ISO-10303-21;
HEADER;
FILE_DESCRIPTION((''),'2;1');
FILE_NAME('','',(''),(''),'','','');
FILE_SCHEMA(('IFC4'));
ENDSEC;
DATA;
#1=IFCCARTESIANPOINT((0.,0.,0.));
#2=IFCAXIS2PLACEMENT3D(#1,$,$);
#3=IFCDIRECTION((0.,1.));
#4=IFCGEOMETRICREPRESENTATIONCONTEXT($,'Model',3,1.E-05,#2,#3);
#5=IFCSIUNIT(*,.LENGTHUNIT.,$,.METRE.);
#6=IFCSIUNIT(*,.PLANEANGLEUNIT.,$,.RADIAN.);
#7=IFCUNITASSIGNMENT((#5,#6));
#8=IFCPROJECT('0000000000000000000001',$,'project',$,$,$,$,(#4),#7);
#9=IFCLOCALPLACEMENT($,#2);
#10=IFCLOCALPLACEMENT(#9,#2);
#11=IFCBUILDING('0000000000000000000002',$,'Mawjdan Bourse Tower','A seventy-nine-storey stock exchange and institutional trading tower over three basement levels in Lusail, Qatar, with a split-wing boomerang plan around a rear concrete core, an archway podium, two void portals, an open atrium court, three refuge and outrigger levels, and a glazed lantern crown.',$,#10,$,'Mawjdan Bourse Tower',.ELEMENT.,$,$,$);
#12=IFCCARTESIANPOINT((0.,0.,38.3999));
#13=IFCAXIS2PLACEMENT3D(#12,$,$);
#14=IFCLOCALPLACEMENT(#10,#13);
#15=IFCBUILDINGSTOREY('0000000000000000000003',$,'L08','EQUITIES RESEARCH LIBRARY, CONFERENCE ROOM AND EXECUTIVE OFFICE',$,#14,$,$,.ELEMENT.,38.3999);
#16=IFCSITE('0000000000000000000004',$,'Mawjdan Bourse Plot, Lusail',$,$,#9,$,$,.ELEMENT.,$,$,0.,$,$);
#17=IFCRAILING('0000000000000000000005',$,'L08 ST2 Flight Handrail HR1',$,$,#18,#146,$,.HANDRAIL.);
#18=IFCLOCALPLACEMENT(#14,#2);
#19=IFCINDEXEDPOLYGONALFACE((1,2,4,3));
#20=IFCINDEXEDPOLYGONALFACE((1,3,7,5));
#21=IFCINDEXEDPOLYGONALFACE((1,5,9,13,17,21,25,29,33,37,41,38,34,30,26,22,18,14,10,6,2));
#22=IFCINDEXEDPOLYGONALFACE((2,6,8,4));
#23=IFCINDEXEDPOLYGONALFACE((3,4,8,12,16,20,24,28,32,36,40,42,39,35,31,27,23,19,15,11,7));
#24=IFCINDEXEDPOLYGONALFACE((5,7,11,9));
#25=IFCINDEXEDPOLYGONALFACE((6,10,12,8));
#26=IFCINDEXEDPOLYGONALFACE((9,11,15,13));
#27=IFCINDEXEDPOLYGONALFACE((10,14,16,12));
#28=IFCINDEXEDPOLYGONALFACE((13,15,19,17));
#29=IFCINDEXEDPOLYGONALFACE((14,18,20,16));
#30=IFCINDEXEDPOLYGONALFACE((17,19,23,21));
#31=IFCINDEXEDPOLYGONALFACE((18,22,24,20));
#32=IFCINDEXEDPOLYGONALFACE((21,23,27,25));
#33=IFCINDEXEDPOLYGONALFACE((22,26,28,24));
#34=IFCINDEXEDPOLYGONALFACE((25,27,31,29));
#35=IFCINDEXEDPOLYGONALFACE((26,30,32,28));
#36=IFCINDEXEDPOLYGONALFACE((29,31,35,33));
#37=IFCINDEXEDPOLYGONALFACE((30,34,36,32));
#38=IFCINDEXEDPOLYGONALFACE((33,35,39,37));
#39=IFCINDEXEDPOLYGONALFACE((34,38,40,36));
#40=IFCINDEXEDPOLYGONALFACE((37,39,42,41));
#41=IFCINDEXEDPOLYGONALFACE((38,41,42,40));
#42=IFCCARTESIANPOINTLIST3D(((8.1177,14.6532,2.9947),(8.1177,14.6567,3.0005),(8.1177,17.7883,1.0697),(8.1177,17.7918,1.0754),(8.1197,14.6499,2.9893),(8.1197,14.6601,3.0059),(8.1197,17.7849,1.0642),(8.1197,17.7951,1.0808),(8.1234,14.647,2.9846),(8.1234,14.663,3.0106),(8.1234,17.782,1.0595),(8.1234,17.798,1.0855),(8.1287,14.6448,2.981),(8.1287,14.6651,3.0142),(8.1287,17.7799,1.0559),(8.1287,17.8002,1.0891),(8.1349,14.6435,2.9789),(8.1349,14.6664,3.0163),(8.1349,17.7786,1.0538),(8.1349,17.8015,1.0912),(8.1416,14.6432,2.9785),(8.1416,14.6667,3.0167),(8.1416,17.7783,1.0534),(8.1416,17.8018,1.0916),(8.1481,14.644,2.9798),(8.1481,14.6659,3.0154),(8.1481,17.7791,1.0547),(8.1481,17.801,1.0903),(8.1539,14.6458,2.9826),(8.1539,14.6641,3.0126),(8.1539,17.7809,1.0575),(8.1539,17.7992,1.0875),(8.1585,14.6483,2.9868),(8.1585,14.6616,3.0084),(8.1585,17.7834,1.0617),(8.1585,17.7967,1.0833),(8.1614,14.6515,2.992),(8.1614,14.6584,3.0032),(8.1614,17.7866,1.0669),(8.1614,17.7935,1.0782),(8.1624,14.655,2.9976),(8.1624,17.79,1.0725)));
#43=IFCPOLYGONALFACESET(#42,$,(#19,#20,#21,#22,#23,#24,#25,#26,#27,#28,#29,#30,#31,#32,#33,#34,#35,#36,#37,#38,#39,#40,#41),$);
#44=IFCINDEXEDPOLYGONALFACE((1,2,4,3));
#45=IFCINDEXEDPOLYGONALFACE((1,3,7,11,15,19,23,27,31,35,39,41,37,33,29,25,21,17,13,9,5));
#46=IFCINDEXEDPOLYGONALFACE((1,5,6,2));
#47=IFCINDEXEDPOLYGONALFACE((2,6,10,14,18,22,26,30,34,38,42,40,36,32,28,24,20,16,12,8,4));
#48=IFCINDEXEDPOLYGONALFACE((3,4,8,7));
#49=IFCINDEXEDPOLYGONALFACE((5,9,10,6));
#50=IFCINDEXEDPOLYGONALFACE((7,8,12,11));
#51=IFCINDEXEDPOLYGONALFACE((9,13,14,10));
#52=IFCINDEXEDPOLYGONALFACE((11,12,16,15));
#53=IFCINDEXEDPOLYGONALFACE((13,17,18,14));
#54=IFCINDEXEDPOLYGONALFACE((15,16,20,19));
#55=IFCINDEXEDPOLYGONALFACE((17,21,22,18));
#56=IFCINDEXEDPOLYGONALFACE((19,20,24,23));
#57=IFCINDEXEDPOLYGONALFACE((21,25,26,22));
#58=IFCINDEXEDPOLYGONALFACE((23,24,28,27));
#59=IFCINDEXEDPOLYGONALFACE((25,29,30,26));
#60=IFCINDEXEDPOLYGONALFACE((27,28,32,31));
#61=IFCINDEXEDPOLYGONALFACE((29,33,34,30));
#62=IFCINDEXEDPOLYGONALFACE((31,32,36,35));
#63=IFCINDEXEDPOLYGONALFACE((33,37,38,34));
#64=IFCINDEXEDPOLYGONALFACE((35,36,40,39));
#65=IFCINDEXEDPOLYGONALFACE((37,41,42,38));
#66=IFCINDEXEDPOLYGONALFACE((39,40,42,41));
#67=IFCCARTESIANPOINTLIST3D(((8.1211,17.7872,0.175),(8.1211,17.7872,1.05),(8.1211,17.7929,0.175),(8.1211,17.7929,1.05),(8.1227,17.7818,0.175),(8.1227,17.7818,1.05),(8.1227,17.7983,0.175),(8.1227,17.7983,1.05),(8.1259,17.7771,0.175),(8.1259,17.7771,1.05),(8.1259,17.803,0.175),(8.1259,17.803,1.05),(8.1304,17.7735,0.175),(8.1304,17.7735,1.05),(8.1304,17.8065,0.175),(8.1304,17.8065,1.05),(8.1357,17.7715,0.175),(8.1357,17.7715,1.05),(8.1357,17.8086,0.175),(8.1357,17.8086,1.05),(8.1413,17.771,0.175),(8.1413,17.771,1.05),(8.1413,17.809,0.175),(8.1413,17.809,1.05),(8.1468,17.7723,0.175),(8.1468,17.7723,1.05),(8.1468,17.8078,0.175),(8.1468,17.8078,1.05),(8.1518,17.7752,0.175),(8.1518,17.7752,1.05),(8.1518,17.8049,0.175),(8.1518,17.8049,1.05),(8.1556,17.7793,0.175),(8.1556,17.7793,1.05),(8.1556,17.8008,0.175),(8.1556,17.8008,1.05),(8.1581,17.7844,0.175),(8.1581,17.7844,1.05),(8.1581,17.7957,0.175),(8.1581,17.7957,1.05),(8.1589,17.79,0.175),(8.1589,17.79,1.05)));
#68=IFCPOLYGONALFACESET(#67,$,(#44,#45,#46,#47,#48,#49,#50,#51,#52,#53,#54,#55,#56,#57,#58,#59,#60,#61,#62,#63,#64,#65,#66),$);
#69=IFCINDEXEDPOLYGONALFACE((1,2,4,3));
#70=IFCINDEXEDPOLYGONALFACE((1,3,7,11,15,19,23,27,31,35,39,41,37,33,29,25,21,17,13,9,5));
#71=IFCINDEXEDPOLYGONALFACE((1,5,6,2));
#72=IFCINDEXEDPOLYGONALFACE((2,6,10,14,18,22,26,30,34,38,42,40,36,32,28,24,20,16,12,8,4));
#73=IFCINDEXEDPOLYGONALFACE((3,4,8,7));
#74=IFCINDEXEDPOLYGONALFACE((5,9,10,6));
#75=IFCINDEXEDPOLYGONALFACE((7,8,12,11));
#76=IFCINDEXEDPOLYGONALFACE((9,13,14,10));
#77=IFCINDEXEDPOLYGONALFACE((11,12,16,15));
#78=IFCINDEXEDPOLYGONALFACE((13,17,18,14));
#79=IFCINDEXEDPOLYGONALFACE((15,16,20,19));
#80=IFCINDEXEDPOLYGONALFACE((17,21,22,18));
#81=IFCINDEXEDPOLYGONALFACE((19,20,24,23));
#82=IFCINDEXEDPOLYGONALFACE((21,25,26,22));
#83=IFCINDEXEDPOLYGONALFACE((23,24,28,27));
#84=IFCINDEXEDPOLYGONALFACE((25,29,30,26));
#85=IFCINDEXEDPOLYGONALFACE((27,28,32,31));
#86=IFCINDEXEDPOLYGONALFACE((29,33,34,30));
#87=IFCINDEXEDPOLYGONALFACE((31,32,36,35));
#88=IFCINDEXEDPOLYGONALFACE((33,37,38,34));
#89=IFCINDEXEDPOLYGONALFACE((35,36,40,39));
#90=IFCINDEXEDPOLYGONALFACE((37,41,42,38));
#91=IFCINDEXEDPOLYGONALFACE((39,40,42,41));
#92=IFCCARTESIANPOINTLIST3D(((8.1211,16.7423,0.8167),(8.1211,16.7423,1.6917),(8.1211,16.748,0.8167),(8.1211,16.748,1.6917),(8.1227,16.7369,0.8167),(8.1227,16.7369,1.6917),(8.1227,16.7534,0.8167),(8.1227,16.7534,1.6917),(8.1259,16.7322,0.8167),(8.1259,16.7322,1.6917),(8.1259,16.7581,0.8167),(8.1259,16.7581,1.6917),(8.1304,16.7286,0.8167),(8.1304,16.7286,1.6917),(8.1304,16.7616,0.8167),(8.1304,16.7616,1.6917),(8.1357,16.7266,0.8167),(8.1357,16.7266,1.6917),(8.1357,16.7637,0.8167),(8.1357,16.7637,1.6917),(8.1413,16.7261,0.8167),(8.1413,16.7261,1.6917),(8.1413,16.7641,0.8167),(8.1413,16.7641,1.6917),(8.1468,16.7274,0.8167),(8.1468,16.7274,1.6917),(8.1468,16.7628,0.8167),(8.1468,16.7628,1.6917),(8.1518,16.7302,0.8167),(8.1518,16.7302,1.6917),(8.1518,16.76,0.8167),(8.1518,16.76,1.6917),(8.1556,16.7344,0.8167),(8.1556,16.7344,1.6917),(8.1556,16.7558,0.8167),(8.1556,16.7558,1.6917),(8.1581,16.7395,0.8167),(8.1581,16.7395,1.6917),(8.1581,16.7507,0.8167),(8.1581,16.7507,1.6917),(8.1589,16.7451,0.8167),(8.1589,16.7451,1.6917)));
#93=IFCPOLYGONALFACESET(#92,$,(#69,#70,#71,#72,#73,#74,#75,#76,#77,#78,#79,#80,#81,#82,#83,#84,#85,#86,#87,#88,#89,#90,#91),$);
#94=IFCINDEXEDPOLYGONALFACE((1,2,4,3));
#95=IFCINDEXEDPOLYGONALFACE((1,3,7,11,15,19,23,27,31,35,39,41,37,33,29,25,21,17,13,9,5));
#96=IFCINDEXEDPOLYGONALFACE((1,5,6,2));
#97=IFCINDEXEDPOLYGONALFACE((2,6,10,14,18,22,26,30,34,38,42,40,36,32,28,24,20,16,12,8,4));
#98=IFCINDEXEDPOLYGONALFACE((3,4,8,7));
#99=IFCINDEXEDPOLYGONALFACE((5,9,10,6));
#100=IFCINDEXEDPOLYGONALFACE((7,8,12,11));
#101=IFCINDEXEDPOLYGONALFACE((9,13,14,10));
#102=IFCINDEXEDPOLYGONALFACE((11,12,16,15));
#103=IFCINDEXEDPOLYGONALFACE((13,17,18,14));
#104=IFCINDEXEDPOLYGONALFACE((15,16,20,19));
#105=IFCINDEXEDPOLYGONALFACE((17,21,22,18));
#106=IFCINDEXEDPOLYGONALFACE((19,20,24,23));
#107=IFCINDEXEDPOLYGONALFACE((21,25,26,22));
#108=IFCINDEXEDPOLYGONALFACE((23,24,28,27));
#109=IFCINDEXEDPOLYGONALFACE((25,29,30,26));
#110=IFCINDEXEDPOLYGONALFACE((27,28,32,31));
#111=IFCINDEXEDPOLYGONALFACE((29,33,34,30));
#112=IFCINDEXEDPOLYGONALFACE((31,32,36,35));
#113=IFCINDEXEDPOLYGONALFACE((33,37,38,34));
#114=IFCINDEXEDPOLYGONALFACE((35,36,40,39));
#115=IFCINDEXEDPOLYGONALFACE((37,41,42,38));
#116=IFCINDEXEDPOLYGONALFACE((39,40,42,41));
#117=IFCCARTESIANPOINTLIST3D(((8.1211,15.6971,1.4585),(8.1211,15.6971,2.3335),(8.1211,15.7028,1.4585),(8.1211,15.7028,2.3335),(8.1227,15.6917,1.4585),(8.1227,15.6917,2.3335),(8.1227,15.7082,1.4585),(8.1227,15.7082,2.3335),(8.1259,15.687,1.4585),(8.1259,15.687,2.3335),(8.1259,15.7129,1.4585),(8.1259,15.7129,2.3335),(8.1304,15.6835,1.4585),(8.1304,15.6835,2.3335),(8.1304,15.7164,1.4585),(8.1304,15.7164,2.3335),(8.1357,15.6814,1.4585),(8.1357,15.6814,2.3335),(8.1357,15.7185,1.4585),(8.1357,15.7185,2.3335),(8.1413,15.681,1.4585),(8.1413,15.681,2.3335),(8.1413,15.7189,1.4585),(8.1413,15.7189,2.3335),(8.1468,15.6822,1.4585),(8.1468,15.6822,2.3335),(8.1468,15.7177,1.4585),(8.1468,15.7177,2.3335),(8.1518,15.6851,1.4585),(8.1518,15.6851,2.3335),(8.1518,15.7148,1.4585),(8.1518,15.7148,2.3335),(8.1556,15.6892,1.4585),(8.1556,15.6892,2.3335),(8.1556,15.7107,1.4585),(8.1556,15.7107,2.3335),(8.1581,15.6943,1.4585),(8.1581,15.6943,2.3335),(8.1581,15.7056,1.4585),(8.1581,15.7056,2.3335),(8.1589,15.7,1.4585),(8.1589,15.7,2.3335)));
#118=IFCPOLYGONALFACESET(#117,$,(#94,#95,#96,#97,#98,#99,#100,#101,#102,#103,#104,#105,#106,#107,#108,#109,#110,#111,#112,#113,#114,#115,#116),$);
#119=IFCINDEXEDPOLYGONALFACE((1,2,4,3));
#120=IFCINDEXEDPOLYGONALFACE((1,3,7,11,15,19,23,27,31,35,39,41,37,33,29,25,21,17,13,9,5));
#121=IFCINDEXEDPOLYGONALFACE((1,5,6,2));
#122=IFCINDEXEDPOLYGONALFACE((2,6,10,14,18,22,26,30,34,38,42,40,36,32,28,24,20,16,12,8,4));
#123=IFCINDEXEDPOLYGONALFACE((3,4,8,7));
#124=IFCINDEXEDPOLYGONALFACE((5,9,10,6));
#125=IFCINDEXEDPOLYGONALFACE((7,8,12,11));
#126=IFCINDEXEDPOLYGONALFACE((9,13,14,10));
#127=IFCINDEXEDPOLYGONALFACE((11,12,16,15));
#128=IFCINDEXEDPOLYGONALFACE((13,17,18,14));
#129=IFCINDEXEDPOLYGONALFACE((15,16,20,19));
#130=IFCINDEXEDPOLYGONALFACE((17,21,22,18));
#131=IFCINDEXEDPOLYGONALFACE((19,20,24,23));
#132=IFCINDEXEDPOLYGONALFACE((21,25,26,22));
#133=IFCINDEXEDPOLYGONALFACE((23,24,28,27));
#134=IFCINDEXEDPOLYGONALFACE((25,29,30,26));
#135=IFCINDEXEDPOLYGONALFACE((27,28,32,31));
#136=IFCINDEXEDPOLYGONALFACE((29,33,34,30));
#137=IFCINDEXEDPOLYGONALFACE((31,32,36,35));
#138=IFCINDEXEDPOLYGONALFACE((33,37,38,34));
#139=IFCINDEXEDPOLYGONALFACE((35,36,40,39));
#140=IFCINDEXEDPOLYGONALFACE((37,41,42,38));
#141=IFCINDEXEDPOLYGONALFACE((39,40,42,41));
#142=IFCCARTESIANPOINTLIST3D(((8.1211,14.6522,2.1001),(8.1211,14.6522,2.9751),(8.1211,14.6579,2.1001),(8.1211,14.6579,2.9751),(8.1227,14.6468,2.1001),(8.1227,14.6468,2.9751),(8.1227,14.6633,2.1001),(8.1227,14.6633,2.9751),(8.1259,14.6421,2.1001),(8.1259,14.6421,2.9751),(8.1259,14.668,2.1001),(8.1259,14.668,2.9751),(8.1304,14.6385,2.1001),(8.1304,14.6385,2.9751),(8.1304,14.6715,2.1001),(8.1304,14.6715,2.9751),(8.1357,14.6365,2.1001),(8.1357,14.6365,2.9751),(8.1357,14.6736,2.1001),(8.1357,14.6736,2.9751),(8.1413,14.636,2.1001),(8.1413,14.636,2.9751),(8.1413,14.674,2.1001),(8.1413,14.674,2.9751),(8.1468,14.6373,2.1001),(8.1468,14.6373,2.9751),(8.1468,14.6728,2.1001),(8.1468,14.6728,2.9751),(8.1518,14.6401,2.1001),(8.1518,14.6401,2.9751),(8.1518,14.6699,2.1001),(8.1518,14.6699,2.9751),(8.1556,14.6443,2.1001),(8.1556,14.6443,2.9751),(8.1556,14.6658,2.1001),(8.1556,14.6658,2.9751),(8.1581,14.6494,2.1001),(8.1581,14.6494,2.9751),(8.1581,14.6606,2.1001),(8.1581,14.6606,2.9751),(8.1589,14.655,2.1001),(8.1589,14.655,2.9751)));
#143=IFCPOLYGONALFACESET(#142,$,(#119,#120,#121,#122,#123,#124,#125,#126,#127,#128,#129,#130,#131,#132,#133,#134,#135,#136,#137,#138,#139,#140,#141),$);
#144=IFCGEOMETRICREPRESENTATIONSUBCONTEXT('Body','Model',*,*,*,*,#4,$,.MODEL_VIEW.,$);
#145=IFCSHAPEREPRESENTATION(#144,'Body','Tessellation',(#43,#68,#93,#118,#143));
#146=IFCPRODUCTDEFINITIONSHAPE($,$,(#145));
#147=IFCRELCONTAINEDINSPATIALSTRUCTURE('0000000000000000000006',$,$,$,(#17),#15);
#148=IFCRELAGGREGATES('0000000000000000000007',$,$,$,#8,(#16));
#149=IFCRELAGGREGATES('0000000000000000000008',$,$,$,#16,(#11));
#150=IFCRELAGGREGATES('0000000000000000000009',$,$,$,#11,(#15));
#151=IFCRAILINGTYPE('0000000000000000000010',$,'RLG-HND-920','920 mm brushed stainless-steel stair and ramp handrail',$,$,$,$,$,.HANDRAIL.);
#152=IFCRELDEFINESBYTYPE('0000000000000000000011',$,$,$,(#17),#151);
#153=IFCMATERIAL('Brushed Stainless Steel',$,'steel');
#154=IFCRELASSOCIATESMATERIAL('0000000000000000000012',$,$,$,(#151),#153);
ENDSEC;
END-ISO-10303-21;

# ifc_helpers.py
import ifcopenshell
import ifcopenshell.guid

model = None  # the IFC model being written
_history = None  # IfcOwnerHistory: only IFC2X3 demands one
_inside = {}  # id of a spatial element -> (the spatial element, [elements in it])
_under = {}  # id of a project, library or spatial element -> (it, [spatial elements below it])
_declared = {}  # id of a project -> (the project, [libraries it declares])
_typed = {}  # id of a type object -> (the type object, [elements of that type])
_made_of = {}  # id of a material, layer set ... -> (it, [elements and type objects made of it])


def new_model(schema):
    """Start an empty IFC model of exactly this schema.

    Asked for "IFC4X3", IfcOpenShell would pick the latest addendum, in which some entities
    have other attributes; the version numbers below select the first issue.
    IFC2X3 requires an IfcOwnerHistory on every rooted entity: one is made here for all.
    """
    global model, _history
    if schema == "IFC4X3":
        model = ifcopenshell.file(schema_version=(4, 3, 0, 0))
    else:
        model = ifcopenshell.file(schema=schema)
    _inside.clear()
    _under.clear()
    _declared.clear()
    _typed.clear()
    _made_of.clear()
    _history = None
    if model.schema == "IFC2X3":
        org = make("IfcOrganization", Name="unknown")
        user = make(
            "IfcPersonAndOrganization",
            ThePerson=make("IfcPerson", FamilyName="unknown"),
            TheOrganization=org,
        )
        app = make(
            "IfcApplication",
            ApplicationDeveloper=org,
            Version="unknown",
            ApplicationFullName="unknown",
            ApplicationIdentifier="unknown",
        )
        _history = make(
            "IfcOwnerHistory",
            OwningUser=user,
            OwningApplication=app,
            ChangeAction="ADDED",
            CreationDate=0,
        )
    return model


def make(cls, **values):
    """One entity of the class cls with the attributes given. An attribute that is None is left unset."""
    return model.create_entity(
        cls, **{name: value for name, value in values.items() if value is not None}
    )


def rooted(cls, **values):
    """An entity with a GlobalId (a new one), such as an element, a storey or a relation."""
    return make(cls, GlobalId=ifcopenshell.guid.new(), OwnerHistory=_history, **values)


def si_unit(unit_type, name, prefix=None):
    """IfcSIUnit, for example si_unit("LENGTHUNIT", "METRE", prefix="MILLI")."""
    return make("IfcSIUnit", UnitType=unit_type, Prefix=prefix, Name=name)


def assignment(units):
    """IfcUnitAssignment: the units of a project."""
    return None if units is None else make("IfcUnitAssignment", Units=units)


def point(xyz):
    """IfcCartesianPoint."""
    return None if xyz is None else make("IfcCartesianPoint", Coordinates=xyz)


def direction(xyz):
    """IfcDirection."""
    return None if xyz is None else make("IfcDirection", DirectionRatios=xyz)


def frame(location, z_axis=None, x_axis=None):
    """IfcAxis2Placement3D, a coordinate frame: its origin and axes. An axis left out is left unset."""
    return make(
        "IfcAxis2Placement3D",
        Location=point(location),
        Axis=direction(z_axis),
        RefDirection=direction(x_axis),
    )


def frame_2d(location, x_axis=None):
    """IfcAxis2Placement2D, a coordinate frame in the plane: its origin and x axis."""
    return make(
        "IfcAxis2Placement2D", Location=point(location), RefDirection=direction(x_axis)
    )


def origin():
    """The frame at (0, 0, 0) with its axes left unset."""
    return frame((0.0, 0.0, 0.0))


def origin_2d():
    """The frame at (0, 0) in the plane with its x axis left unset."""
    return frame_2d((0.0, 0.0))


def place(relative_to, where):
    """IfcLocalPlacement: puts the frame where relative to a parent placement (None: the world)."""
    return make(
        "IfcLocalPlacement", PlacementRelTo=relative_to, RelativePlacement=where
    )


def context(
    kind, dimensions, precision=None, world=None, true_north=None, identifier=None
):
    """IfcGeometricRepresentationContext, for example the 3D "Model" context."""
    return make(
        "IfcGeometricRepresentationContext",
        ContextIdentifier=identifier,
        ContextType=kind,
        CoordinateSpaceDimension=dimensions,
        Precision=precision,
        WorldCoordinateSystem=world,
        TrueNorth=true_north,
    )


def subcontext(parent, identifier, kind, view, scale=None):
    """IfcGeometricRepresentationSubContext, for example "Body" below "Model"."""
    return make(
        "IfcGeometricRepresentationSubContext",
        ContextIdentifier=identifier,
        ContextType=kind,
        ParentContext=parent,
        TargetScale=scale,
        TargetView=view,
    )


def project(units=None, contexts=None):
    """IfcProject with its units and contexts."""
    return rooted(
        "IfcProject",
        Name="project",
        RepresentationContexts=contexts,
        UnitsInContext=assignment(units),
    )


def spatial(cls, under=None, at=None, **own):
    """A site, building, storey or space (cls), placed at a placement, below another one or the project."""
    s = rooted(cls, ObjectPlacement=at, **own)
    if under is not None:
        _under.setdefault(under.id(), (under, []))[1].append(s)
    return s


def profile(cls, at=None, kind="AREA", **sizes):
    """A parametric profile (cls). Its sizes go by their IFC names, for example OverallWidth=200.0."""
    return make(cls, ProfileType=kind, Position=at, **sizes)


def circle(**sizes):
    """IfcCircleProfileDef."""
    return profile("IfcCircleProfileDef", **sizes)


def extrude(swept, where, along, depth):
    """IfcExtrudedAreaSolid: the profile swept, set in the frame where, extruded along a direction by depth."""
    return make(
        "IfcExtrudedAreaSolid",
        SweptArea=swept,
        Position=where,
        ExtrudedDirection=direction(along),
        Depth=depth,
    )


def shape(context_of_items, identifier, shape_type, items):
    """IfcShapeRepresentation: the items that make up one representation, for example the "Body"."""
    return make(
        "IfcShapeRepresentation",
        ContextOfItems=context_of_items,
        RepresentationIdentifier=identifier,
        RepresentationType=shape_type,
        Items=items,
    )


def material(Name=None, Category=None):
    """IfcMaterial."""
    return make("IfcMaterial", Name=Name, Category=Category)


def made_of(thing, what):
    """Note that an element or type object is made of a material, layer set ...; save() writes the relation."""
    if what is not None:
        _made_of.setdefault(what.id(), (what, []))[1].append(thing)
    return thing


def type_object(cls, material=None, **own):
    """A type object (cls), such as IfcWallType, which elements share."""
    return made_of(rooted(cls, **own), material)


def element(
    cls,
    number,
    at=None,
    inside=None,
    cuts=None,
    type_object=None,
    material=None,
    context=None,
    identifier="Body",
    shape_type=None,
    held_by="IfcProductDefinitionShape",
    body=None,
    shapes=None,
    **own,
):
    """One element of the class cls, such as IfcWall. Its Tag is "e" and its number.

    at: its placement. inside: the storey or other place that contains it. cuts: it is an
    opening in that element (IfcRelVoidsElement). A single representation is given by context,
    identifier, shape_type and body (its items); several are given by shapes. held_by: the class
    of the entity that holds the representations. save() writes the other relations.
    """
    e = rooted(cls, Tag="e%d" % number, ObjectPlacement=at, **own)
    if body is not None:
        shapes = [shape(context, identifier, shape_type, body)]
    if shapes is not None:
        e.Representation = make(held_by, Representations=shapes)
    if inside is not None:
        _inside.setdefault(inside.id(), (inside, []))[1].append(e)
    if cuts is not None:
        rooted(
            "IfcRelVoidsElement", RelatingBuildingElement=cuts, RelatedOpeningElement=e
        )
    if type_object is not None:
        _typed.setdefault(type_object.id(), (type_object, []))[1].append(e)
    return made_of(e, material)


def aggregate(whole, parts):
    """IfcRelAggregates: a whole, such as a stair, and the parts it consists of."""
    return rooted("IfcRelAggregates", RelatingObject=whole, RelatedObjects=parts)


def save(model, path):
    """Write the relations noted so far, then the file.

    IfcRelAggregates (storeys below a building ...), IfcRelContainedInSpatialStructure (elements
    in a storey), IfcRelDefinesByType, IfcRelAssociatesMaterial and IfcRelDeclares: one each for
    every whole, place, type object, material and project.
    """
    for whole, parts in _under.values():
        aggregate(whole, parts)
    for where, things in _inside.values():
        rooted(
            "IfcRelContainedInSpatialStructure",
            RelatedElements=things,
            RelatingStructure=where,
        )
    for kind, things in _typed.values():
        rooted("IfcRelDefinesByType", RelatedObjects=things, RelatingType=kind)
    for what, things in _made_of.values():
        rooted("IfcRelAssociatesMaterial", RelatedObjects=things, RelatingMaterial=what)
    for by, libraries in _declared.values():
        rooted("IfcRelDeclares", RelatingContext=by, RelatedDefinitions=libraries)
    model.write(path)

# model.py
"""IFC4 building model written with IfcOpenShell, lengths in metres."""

from ifc_helpers import new_model, si_unit, direction, frame, origin, origin_2d, place, context, subcontext, project, spatial, circle, extrude, material, type_object, element, save


model = new_model("IFC4")

# Units and contexts
model_context = context("Model", 3, precision=1e-05, world=origin(), true_north=direction((0.0, 1.0)))
body_context = subcontext(model_context, "Body", "Model", "MODEL_VIEW")
ifc_project = project(units=[si_unit("LENGTHUNIT", "METRE"), si_unit("PLANEANGLEUNIT", "RADIAN")], contexts=[model_context])

# Site, building, storey
site_placement = place(None, origin())
site = spatial("IfcSite", under=ifc_project, at=site_placement, Name="Mawjdan Bourse Plot, Lusail", CompositionType="ELEMENT", RefElevation=0.0)
building_placement = place(site_placement, origin())
building = spatial("IfcBuilding", under=site, at=building_placement, Name="Mawjdan Bourse Tower", Description="A seventy-nine-storey stock exchange and institutional trading tower over three basement levels in Lusail, Qatar, with a split-wing boomerang plan around a rear concrete core, an archway podium, two void portals, an open atrium court, three refuge and outrigger levels, and a glazed lantern crown.", LongName="Mawjdan Bourse Tower", CompositionType="ELEMENT")
storey_placement = place(building_placement, frame((0.0, 0.0, 38.3999)))
storey = spatial("IfcBuildingStorey", under=building, at=storey_placement, Name="L08", Description="EQUITIES RESEARCH LIBRARY, CONFERENCE ROOM AND EXECUTIVE OFFICE", CompositionType="ELEMENT", Elevation=38.3999)

# Shared definitions
ifc_material_1 = material(Name="Brushed Stainless Steel", Category="steel")

# Railing
railing_type_1 = type_object("IfcRailingType", Name="RLG-HND-920", Description="920 mm brushed stainless-steel stair and ramp handrail", PredefinedType="HANDRAIL", material=ifc_material_1)
railing_1_placement = place(storey_placement, frame((8.1399, 17.79, 0.175)))
element("IfcRailing", 1, at=railing_1_placement, inside=storey, type_object=railing_type_1, Name="L08 ST2 Flight Handrail HR1", PredefinedType="HANDRAIL", context=body_context, shape_type="SweptSolid", body=[
    extrude(circle(Radius=0.0225, at=origin_2d()), frame((0.0, 0.0, 0.8975), z_axis=(0.0, -0.852166, 0.523271), x_axis=(1.0, 0.0, 0.0)), (0.0, 0.0, 1.0), 3.679),
    extrude(circle(Radius=0.019, at=origin_2d()), origin(), (0.0, 0.0, 1.0), 0.875),
    extrude(circle(Radius=0.019, at=origin_2d()), frame((0.0, -1.0449, 0.6416)), (0.0, 0.0, 1.0), 0.875),
    extrude(circle(Radius=0.019, at=origin_2d()), frame((0.0, -2.0901, 1.2834)), (0.0, 0.0, 1.0), 0.875),
    extrude(circle(Radius=0.019, at=origin_2d()), frame((0.0, -3.135, 1.925)), (0.0, 0.0, 1.0), 0.875),
])

save(model, "model.ifc")
